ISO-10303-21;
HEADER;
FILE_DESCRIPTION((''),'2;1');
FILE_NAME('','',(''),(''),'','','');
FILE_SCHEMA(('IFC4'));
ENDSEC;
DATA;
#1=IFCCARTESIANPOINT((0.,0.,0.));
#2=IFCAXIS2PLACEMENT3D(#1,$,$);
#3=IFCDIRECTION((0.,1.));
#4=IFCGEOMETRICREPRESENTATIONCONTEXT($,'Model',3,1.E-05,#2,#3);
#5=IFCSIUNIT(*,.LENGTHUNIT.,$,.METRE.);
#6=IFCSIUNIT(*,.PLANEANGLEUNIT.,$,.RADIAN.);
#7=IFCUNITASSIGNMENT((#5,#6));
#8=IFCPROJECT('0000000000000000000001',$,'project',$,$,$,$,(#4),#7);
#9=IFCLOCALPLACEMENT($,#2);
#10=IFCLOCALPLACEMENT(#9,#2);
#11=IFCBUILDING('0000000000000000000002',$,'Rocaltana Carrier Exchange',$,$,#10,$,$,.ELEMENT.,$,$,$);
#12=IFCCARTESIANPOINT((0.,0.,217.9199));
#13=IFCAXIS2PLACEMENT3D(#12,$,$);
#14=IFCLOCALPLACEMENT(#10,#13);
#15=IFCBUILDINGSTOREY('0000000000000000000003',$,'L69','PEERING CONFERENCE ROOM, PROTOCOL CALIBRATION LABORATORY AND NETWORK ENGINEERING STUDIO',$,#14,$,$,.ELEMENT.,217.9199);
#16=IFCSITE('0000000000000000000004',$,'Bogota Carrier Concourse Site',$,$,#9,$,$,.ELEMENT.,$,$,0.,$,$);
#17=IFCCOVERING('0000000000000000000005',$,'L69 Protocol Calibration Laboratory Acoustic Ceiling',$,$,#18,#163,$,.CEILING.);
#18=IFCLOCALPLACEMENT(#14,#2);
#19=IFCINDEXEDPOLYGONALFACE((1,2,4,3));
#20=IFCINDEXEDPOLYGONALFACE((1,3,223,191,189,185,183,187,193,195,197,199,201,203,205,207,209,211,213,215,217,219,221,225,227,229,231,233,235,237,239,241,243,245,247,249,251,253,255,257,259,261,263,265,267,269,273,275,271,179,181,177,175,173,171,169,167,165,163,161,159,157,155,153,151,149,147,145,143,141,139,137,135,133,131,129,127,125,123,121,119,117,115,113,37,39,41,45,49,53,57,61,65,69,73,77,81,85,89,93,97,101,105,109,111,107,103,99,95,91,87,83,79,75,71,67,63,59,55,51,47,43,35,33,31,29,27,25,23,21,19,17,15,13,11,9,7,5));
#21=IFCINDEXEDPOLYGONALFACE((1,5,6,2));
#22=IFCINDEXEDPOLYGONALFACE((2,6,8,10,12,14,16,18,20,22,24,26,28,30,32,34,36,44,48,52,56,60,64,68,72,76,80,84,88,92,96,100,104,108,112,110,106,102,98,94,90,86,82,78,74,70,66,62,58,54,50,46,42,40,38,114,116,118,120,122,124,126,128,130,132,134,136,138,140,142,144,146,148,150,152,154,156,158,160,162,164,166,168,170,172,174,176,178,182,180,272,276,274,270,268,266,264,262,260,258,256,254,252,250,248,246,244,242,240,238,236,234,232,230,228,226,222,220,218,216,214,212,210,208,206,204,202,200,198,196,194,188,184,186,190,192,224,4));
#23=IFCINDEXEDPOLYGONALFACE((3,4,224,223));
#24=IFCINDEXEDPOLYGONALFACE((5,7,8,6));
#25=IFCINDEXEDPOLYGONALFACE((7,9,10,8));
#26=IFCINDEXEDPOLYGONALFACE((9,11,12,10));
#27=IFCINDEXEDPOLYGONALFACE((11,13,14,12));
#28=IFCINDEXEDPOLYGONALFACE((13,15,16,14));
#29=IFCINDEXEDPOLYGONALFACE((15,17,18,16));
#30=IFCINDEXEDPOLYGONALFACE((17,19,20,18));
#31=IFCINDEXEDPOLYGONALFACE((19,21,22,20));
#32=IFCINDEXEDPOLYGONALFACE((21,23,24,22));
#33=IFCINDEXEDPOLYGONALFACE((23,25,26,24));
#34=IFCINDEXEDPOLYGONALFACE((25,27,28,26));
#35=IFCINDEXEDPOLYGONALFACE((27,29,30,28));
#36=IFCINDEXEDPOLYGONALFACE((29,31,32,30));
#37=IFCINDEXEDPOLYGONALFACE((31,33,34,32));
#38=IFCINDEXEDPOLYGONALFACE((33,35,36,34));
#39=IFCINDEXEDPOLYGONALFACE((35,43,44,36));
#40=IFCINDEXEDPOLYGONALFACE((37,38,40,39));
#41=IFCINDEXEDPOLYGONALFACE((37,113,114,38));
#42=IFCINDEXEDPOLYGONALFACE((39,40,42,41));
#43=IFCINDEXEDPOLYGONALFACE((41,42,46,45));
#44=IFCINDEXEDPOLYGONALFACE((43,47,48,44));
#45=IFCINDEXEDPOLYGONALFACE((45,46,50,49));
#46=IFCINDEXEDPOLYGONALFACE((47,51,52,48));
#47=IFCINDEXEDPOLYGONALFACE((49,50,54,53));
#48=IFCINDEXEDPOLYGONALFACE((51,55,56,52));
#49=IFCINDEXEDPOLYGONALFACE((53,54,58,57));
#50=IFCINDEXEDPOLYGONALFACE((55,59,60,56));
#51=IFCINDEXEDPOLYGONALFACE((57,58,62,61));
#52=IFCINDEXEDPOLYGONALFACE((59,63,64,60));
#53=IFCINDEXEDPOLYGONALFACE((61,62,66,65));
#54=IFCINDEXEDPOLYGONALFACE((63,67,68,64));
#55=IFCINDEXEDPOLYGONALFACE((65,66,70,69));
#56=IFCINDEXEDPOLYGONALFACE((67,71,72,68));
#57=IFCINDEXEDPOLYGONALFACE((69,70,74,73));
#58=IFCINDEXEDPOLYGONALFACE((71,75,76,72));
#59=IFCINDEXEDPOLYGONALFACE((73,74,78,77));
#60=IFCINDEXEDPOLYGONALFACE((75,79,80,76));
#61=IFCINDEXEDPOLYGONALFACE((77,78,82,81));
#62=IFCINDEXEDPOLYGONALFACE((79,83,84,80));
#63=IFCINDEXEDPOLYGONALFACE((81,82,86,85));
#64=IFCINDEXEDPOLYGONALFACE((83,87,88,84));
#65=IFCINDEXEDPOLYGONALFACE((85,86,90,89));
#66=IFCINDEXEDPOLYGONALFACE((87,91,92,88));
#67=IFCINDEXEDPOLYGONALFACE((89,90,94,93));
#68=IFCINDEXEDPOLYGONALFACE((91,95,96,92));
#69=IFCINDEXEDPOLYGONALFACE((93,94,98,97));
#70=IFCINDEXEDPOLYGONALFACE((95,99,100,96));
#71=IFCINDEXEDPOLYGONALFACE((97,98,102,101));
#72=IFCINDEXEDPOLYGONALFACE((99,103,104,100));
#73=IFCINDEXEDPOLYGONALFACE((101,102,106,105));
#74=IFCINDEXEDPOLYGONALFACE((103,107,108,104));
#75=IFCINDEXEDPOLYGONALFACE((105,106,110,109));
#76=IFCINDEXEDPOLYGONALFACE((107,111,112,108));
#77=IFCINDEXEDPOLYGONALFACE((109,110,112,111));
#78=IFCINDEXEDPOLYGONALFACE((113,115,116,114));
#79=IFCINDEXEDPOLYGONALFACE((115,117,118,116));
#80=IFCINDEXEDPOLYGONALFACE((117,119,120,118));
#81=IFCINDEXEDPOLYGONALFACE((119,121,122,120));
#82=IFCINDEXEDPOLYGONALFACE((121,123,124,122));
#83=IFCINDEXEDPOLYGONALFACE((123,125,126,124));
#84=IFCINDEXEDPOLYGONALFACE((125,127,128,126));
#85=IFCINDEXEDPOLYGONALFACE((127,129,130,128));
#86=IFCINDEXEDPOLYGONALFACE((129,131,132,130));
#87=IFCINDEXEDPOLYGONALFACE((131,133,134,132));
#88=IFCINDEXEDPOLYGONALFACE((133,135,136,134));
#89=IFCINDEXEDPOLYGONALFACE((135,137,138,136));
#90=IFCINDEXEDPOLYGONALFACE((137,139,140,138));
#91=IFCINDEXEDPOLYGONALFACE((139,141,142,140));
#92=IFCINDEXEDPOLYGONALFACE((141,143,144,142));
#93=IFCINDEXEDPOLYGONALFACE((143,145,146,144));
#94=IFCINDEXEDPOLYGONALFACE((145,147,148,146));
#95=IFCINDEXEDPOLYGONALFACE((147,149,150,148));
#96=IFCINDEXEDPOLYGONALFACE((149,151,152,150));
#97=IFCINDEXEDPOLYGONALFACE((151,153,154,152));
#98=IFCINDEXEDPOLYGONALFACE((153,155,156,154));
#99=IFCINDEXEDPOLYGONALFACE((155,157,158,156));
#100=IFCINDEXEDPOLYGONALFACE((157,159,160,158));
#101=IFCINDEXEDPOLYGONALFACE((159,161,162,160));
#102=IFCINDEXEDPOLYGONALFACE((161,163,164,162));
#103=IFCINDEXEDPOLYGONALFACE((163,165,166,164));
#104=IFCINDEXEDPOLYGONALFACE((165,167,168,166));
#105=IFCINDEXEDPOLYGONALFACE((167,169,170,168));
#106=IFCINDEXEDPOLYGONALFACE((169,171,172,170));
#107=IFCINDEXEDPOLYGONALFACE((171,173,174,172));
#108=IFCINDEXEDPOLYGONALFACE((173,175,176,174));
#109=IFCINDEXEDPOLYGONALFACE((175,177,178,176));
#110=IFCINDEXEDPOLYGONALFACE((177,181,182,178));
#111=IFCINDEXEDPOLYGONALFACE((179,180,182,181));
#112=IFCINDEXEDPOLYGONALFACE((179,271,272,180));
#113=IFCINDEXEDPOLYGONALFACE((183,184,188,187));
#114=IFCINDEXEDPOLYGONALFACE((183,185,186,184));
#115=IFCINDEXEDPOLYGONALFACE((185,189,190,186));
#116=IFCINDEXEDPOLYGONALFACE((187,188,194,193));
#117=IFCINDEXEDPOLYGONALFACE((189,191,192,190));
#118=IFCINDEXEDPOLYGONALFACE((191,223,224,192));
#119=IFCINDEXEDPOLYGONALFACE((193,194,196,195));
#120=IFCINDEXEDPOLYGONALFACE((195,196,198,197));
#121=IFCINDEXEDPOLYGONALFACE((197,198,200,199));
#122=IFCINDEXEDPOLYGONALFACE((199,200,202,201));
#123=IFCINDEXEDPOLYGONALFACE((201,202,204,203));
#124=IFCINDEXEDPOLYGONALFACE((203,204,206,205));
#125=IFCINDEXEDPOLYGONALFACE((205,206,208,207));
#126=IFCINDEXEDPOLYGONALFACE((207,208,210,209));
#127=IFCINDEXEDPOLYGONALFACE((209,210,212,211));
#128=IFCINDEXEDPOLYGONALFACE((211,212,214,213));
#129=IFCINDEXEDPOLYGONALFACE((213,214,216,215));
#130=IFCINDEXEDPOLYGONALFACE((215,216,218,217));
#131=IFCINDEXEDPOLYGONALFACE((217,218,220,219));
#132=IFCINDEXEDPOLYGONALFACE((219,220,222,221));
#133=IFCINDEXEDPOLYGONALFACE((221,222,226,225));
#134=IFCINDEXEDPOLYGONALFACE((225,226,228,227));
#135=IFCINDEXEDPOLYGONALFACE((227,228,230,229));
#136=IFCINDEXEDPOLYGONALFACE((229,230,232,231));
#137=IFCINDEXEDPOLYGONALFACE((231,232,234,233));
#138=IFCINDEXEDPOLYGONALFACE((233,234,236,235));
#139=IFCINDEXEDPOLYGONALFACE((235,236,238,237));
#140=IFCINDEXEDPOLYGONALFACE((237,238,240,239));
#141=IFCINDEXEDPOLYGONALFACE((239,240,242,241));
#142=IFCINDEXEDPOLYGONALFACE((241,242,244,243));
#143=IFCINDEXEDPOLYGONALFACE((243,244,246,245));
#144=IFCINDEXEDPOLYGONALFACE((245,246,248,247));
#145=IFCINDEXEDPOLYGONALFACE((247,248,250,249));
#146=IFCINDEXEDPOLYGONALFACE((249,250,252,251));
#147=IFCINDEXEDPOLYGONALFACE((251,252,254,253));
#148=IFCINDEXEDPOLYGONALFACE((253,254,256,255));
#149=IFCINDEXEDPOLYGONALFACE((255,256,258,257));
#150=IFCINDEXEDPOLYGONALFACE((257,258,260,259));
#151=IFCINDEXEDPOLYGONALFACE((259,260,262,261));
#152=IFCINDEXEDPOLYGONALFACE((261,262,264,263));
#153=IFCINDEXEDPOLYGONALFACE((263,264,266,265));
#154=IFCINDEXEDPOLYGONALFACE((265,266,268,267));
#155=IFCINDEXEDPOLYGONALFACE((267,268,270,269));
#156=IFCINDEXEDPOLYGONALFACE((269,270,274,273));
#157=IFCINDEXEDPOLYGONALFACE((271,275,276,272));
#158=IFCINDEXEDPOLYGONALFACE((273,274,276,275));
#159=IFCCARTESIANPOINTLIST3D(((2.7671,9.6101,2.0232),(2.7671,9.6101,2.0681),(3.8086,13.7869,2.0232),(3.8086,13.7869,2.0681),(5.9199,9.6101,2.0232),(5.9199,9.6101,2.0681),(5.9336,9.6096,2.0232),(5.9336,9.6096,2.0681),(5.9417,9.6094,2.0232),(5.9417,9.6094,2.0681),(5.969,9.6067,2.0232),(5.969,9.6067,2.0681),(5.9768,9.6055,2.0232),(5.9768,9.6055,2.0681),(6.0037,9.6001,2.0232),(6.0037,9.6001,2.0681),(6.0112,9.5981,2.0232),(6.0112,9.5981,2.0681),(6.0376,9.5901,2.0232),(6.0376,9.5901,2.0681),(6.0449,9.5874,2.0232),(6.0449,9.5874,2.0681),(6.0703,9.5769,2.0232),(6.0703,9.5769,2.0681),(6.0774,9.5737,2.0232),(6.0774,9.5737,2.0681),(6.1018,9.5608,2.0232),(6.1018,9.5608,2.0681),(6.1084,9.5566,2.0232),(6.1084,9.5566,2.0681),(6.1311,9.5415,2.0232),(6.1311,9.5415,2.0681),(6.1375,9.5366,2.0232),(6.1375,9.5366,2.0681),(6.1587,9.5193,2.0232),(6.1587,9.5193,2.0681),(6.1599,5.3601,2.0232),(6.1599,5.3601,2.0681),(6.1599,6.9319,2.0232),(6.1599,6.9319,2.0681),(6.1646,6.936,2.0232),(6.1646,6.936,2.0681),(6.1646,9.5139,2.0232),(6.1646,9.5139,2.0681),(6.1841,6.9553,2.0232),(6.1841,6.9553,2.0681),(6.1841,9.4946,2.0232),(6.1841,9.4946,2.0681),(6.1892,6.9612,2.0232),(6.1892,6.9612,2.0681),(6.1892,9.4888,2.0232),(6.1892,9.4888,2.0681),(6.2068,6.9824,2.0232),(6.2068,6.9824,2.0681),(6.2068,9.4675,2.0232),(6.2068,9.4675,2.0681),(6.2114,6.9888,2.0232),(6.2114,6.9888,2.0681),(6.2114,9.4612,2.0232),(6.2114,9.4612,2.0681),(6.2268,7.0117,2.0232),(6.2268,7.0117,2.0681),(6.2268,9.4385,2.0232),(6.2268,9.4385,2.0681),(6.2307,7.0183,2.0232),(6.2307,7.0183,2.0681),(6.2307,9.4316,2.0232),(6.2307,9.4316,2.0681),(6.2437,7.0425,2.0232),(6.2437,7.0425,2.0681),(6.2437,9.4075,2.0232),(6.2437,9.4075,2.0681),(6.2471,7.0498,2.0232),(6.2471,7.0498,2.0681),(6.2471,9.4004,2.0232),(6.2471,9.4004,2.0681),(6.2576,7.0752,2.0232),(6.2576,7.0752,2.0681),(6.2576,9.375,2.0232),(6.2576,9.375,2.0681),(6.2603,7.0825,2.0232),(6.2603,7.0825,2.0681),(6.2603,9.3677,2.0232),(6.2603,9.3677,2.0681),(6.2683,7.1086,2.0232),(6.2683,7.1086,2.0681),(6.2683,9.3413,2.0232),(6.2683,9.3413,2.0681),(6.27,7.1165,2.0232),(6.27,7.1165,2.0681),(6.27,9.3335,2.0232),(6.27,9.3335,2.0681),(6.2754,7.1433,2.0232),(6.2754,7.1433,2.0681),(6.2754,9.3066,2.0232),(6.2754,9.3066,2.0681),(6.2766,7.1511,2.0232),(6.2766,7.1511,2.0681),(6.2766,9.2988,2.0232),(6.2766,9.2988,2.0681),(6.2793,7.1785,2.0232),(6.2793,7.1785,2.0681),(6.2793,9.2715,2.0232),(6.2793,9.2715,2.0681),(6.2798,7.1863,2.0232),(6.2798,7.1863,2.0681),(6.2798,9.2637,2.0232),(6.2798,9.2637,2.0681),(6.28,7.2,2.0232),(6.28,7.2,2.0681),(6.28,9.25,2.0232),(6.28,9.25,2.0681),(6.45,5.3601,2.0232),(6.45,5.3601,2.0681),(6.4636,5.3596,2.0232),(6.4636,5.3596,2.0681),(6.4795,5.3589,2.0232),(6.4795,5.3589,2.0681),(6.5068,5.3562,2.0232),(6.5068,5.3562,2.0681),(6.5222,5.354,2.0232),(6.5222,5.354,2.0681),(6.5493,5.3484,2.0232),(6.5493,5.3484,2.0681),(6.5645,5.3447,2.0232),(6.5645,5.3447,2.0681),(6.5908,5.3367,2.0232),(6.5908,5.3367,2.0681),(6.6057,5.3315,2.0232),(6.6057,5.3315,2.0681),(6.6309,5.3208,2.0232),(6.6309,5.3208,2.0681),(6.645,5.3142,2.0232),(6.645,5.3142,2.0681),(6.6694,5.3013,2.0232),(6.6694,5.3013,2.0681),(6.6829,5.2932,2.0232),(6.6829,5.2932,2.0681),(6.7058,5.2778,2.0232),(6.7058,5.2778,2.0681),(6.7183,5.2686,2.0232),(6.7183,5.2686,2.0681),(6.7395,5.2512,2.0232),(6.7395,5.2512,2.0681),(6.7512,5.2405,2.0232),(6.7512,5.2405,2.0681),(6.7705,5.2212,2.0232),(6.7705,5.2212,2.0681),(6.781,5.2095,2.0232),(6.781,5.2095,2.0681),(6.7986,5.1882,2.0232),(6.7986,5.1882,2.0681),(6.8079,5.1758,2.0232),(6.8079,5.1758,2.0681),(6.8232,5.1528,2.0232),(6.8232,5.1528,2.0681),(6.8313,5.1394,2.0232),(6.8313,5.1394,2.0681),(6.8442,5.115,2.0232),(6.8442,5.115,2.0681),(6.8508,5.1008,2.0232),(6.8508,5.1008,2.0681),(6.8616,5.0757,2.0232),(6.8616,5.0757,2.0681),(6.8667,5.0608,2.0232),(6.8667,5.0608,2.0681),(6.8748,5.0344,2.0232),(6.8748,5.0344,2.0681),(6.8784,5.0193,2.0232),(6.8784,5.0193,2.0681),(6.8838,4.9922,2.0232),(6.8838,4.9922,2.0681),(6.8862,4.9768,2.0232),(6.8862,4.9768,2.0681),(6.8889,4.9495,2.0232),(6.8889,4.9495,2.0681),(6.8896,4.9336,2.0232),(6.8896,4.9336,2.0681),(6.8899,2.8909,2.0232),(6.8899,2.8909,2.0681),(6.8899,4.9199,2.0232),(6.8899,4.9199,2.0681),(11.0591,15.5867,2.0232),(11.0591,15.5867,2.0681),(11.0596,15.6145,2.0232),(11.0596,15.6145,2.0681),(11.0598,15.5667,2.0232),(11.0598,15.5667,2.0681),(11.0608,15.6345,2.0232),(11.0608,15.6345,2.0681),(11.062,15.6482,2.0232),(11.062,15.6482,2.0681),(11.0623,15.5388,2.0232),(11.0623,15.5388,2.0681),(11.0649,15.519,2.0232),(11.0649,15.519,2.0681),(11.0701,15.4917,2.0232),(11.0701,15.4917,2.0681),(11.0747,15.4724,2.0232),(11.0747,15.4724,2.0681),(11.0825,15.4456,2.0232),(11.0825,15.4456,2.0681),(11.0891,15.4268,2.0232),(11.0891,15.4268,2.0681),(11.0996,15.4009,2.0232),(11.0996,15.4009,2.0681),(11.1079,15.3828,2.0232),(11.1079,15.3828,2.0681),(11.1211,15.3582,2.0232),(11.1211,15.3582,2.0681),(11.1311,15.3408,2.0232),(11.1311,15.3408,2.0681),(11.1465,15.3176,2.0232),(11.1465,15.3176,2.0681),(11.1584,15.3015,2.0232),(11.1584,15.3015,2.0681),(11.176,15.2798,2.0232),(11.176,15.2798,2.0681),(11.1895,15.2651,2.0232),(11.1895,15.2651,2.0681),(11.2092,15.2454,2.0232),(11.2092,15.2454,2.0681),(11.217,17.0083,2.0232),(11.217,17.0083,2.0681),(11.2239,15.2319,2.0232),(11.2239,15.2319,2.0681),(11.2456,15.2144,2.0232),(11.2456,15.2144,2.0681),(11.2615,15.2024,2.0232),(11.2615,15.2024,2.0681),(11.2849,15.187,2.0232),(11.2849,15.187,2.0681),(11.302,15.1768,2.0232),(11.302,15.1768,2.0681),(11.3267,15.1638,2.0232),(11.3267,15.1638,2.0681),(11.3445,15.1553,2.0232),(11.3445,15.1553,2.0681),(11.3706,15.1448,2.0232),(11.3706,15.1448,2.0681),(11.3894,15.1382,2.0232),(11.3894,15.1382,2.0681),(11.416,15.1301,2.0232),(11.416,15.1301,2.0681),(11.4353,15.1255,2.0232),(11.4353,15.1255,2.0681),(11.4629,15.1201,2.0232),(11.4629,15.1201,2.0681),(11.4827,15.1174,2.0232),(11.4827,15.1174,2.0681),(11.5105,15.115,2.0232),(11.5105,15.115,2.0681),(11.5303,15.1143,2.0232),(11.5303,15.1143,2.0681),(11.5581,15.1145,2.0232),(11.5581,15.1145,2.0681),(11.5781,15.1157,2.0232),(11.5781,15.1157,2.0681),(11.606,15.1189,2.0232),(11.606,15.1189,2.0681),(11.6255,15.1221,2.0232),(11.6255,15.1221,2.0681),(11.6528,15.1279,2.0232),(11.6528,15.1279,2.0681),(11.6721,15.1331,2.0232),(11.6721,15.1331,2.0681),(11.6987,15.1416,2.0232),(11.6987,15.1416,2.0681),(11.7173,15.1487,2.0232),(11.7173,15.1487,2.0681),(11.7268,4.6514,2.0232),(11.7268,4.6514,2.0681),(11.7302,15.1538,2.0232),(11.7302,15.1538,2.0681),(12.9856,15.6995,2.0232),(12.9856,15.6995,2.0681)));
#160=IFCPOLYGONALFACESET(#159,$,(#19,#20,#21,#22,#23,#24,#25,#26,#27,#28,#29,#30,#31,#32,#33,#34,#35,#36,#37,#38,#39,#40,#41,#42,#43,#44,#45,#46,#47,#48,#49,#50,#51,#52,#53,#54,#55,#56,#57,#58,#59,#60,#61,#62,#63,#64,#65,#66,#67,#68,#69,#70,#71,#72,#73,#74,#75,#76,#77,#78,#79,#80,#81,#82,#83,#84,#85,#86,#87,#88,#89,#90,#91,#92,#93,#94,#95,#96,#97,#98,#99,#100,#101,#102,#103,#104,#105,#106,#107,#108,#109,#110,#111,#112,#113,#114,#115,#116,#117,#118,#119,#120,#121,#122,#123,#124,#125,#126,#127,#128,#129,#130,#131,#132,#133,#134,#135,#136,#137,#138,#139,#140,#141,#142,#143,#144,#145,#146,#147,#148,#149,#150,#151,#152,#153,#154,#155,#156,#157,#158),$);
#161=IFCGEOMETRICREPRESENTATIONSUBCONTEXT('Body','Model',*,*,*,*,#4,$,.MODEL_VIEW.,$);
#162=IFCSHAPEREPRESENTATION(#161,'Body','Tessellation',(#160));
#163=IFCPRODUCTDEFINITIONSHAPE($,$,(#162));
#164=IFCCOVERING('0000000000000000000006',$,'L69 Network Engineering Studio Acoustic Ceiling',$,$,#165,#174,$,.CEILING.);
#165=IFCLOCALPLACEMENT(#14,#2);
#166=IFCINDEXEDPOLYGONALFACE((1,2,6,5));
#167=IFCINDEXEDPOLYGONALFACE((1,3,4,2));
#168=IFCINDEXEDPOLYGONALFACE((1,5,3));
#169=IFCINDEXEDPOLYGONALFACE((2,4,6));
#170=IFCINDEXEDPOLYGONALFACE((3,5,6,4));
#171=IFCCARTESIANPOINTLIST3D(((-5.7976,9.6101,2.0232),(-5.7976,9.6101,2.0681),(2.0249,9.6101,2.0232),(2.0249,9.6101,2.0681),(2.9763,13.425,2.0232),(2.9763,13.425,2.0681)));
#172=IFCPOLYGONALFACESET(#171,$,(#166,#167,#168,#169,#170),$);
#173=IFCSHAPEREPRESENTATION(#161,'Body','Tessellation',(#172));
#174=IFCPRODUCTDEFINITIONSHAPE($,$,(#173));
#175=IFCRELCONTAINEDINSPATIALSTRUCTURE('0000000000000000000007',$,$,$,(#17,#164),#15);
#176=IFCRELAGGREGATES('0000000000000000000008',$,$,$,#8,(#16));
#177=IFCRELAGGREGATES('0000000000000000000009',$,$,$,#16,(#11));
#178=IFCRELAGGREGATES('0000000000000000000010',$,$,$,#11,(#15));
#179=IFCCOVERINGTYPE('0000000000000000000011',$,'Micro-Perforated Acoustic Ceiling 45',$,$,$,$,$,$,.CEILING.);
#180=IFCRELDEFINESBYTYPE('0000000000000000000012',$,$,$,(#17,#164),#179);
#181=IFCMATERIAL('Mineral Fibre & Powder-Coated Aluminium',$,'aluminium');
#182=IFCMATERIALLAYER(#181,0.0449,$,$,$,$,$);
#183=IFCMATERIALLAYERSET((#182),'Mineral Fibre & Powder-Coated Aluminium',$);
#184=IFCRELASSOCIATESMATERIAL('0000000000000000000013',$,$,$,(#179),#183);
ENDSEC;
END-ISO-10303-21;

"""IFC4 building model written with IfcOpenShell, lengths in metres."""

from ifc_helpers import new_model, si_unit, direction, frame, origin, place, context, subcontext, project, spatial, polyline, outline, extrude, material, layer, layer_set, type_object, element, save


model = new_model("IFC4")

# Units and contexts
model_context = context("Model", 3, precision=1e-05, world=origin(), true_north=direction((0.0, 1.0)))
body_context = subcontext(model_context, "Body", "Model", "MODEL_VIEW")
ifc_project = project(units=[si_unit("LENGTHUNIT", "METRE"), si_unit("PLANEANGLEUNIT", "RADIAN")], contexts=[model_context])

# Site, building, storey
site_placement = place(None, origin())
site = spatial("IfcSite", under=ifc_project, at=site_placement, Name="Bogota Carrier Concourse Site", CompositionType="ELEMENT", RefElevation=0.0)
building_placement = place(site_placement, origin())
building = spatial("IfcBuilding", under=site, at=building_placement, Name="Rocaltana Carrier Exchange", CompositionType="ELEMENT")
storey_placement = place(building_placement, frame((0.0, 0.0, 217.9199)))
storey = spatial("IfcBuildingStorey", under=building, at=storey_placement, Name="L69", Description="PEERING CONFERENCE ROOM, PROTOCOL CALIBRATION LABORATORY AND NETWORK ENGINEERING STUDIO", CompositionType="ELEMENT", Elevation=217.9199)

# Coverings
ifc_material_1 = material(Name="Mineral Fibre & Powder-Coated Aluminium", Category="aluminium")
ifc_layer_1 = layer(ifc_material_1, 0.0449)
ifc_layer_set_1 = layer_set([ifc_layer_1], Name="Mineral Fibre & Powder-Coated Aluminium")
covering_type_1 = type_object("IfcCoveringType", Name="Micro-Perforated Acoustic Ceiling 45", PredefinedType="CEILING", material=ifc_layer_set_1)
covering_1_placement = place(storey_placement, frame((0.0, 0.0, 2.0232)))
element("IfcCovering", 1, at=covering_1_placement, inside=storey, type_object=covering_type_1, Name="L69 Protocol Calibration Laboratory Acoustic Ceiling", PredefinedType="CEILING", context=body_context, shape_type="SweptSolid", body=[
    extrude(outline(polyline([(6.1599, 6.9319), (6.1646, 6.936), (6.1841, 6.9553), (6.1892, 6.9612), (6.2068, 6.9824), (6.2114, 6.9888), (6.2268, 7.0117), (6.2307, 7.0183), (6.2437, 7.0425), (6.2471, 7.0498), (6.2576, 7.0752), (6.2603, 7.0825), (6.2683, 7.1086), (6.27, 7.1165), (6.2754, 7.1433), (6.2766, 7.1511), (6.2793, 7.1785), (6.2798, 7.1863), (6.28, 7.2), (6.28, 9.25), (6.2798, 9.2637), (6.2793, 9.2715), (6.2766, 9.2988), (6.2754, 9.3066), (6.27, 9.3335), (6.2683, 9.3413), (6.2603, 9.3677), (6.2576, 9.375), (6.2471, 9.4004), (6.2437, 9.4075), (6.2307, 9.4316), (6.2268, 9.4385), (6.2114, 9.4612), (6.2068, 9.4675), (6.1892, 9.4888), (6.1841, 9.4946), (6.1646, 9.5139), (6.1587, 9.5193), (6.1375, 9.5366), (6.1311, 9.5415), (6.1084, 9.5566), (6.1018, 9.5608), (6.0774, 9.5737), (6.0703, 9.5769), (6.0449, 9.5874), (6.0376, 9.5901), (6.0112, 9.5981), (6.0037, 9.6001), (5.9768, 9.6055), (5.969, 9.6067), (5.9417, 9.6094), (5.9336, 9.6096), (5.9199, 9.6101), (2.7671, 9.6101), (3.8086, 13.7869), (11.217, 17.0083), (11.062, 15.6482), (11.0608, 15.6345), (11.0596, 15.6145), (11.0591, 15.5867), (11.0598, 15.5667), (11.0623, 15.5388), (11.0649, 15.519), (11.0701, 15.4917), (11.0747, 15.4724), (11.0825, 15.4456), (11.0891, 15.4268), (11.0996, 15.4009), (11.1079, 15.3828), (11.1211, 15.3582), (11.1311, 15.3408), (11.1465, 15.3176), (11.1584, 15.3015), (11.176, 15.2798), (11.1895, 15.2651), (11.2092, 15.2454), (11.2239, 15.2319), (11.2456, 15.2144), (11.2615, 15.2024), (11.2849, 15.187), (11.302, 15.1768), (11.3267, 15.1638), (11.3445, 15.1553), (11.3706, 15.1448), (11.3894, 15.1382), (11.416, 15.1301), (11.4353, 15.1255), (11.4629, 15.1201), (11.4827, 15.1174), (11.5105, 15.115), (11.5303, 15.1143), (11.5581, 15.1145), (11.5781, 15.1157), (11.606, 15.1189), (11.6255, 15.1221), (11.6528, 15.1279), (11.6721, 15.1331), (11.6987, 15.1416), (11.7173, 15.1487), (11.7302, 15.1538), (12.9856, 15.6995), (11.7268, 4.6514), (6.8899, 2.8909), (6.8899, 4.9199), (6.8896, 4.9336), (6.8889, 4.9495), (6.8862, 4.9768), (6.8838, 4.9922), (6.8784, 5.0193), (6.8748, 5.0344), (6.8667, 5.0608), (6.8616, 5.0757), (6.8508, 5.1008), (6.8442, 5.115), (6.8313, 5.1394), (6.8232, 5.1528), (6.8079, 5.1758), (6.7986, 5.1882), (6.781, 5.2095), (6.7705, 5.2212), (6.7512, 5.2405), (6.7395, 5.2512), (6.7183, 5.2686), (6.7058, 5.2778), (6.6829, 5.2932), (6.6694, 5.3013), (6.645, 5.3142), (6.6309, 5.3208), (6.6057, 5.3315), (6.5908, 5.3367), (6.5645, 5.3447), (6.5493, 5.3484), (6.5222, 5.354), (6.5068, 5.3562), (6.4795, 5.3589), (6.4636, 5.3596), (6.45, 5.3601), (6.1599, 5.3601), (6.1599, 6.9319)])), origin(), (0.0, 0.0, 1.0), 0.0449),
])
covering_2_placement = place(storey_placement, frame((0.0, 0.0, 2.0232)))
element("IfcCovering", 2, at=covering_2_placement, inside=storey, type_object=covering_type_1, Name="L69 Network Engineering Studio Acoustic Ceiling", PredefinedType="CEILING", context=body_context, shape_type="SweptSolid", body=[
    extrude(outline(polyline([(-5.7976, 9.6101), (2.9763, 13.425), (2.0249, 9.6101), (-5.7976, 9.6101)])), origin(), (0.0, 0.0, 1.0), 0.0449),
])

save(model, "model.ifc")
